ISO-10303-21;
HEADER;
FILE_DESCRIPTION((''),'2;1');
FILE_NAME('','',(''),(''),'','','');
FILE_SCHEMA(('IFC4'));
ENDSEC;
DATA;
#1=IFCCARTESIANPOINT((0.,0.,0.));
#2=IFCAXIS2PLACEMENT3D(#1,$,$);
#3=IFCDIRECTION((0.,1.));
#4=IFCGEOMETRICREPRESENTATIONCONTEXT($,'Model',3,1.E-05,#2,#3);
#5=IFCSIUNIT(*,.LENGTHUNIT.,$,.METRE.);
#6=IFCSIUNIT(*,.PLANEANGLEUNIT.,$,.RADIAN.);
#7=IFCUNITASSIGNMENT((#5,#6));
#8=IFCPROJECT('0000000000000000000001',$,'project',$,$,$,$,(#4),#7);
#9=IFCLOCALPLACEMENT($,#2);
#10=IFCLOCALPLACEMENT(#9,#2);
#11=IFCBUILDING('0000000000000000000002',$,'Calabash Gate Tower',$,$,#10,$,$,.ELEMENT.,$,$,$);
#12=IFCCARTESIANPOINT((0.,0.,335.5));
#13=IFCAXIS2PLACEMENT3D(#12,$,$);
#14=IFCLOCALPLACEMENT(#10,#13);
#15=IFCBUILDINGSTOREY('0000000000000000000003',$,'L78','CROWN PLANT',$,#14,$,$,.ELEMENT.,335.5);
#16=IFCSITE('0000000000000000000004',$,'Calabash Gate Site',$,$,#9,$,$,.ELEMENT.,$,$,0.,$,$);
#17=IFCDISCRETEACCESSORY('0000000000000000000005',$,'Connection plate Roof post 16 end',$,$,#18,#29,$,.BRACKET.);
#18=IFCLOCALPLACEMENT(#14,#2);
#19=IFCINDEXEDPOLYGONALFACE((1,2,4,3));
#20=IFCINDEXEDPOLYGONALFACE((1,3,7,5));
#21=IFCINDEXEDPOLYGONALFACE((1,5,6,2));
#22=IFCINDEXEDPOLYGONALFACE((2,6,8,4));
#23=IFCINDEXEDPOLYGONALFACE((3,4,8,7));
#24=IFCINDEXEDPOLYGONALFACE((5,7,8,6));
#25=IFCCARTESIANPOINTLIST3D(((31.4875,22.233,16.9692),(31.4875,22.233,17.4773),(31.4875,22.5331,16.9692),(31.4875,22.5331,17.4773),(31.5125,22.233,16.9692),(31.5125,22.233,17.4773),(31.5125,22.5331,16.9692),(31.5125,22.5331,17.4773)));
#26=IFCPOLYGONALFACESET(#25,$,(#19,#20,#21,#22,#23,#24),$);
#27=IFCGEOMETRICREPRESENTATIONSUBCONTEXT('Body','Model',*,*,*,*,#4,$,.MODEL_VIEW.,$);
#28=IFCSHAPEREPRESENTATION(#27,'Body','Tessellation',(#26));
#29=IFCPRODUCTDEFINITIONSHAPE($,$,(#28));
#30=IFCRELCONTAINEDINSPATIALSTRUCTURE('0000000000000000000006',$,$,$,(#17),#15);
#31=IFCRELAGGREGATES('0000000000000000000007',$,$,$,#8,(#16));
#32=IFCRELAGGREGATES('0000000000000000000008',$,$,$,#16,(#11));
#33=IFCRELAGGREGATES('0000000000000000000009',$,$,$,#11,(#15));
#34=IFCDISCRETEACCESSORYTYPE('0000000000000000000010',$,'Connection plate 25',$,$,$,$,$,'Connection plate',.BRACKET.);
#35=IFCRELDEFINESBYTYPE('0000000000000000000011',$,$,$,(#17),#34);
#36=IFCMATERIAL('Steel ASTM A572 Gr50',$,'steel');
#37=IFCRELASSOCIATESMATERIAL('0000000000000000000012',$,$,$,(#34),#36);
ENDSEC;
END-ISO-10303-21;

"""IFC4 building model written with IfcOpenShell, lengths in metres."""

from ifc_helpers import new_model, si_unit, direction, frame, origin, origin_2d, place, context, subcontext, project, spatial, rectangle, extrude, material, type_object, element, save


model = new_model("IFC4")

# Units and contexts
model_context = context("Model", 3, precision=1e-05, world=origin(), true_north=direction((0.0, 1.0)))
body_context = subcontext(model_context, "Body", "Model", "MODEL_VIEW")
ifc_project = project(units=[si_unit("LENGTHUNIT", "METRE"), si_unit("PLANEANGLEUNIT", "RADIAN")], contexts=[model_context])

# Site, building, storey
site_placement = place(None, origin())
site = spatial("IfcSite", under=ifc_project, at=site_placement, Name="Calabash Gate Site", CompositionType="ELEMENT", RefElevation=0.0)
building_placement = place(site_placement, origin())
building = spatial("IfcBuilding", under=site, at=building_placement, Name="Calabash Gate Tower", CompositionType="ELEMENT")
storey_placement = place(building_placement, frame((0.0, 0.0, 335.5)))
storey = spatial("IfcBuildingStorey", under=building, at=storey_placement, Name="L78", Description="CROWN PLANT", CompositionType="ELEMENT", Elevation=335.5)

# Discrete accessory
ifc_material_1 = material(Name="Steel ASTM A572 Gr50", Category="steel")
discrete_accessory_type = type_object("IfcDiscreteAccessoryType", Name="Connection plate 25", ElementType="Connection plate", PredefinedType="BRACKET", material=ifc_material_1)
discrete_accessory_1_placement = place(storey_placement, frame((31.5, 22.3831, 16.9692), z_axis=(0.0, 0.0, 1.0), x_axis=(0.0, 1.0, 0.0)))
element("IfcDiscreteAccessory", 1, at=discrete_accessory_1_placement, inside=storey, type_object=discrete_accessory_type, Name="Connection plate Roof post 16 end", PredefinedType="BRACKET", context=body_context, shape_type="SweptSolid", body=[
    extrude(rectangle(XDim=0.3, YDim=0.0249, at=origin_2d()), origin(), (0.0, 0.0, 1.0), 0.5081),
])

save(model, "model.ifc")
